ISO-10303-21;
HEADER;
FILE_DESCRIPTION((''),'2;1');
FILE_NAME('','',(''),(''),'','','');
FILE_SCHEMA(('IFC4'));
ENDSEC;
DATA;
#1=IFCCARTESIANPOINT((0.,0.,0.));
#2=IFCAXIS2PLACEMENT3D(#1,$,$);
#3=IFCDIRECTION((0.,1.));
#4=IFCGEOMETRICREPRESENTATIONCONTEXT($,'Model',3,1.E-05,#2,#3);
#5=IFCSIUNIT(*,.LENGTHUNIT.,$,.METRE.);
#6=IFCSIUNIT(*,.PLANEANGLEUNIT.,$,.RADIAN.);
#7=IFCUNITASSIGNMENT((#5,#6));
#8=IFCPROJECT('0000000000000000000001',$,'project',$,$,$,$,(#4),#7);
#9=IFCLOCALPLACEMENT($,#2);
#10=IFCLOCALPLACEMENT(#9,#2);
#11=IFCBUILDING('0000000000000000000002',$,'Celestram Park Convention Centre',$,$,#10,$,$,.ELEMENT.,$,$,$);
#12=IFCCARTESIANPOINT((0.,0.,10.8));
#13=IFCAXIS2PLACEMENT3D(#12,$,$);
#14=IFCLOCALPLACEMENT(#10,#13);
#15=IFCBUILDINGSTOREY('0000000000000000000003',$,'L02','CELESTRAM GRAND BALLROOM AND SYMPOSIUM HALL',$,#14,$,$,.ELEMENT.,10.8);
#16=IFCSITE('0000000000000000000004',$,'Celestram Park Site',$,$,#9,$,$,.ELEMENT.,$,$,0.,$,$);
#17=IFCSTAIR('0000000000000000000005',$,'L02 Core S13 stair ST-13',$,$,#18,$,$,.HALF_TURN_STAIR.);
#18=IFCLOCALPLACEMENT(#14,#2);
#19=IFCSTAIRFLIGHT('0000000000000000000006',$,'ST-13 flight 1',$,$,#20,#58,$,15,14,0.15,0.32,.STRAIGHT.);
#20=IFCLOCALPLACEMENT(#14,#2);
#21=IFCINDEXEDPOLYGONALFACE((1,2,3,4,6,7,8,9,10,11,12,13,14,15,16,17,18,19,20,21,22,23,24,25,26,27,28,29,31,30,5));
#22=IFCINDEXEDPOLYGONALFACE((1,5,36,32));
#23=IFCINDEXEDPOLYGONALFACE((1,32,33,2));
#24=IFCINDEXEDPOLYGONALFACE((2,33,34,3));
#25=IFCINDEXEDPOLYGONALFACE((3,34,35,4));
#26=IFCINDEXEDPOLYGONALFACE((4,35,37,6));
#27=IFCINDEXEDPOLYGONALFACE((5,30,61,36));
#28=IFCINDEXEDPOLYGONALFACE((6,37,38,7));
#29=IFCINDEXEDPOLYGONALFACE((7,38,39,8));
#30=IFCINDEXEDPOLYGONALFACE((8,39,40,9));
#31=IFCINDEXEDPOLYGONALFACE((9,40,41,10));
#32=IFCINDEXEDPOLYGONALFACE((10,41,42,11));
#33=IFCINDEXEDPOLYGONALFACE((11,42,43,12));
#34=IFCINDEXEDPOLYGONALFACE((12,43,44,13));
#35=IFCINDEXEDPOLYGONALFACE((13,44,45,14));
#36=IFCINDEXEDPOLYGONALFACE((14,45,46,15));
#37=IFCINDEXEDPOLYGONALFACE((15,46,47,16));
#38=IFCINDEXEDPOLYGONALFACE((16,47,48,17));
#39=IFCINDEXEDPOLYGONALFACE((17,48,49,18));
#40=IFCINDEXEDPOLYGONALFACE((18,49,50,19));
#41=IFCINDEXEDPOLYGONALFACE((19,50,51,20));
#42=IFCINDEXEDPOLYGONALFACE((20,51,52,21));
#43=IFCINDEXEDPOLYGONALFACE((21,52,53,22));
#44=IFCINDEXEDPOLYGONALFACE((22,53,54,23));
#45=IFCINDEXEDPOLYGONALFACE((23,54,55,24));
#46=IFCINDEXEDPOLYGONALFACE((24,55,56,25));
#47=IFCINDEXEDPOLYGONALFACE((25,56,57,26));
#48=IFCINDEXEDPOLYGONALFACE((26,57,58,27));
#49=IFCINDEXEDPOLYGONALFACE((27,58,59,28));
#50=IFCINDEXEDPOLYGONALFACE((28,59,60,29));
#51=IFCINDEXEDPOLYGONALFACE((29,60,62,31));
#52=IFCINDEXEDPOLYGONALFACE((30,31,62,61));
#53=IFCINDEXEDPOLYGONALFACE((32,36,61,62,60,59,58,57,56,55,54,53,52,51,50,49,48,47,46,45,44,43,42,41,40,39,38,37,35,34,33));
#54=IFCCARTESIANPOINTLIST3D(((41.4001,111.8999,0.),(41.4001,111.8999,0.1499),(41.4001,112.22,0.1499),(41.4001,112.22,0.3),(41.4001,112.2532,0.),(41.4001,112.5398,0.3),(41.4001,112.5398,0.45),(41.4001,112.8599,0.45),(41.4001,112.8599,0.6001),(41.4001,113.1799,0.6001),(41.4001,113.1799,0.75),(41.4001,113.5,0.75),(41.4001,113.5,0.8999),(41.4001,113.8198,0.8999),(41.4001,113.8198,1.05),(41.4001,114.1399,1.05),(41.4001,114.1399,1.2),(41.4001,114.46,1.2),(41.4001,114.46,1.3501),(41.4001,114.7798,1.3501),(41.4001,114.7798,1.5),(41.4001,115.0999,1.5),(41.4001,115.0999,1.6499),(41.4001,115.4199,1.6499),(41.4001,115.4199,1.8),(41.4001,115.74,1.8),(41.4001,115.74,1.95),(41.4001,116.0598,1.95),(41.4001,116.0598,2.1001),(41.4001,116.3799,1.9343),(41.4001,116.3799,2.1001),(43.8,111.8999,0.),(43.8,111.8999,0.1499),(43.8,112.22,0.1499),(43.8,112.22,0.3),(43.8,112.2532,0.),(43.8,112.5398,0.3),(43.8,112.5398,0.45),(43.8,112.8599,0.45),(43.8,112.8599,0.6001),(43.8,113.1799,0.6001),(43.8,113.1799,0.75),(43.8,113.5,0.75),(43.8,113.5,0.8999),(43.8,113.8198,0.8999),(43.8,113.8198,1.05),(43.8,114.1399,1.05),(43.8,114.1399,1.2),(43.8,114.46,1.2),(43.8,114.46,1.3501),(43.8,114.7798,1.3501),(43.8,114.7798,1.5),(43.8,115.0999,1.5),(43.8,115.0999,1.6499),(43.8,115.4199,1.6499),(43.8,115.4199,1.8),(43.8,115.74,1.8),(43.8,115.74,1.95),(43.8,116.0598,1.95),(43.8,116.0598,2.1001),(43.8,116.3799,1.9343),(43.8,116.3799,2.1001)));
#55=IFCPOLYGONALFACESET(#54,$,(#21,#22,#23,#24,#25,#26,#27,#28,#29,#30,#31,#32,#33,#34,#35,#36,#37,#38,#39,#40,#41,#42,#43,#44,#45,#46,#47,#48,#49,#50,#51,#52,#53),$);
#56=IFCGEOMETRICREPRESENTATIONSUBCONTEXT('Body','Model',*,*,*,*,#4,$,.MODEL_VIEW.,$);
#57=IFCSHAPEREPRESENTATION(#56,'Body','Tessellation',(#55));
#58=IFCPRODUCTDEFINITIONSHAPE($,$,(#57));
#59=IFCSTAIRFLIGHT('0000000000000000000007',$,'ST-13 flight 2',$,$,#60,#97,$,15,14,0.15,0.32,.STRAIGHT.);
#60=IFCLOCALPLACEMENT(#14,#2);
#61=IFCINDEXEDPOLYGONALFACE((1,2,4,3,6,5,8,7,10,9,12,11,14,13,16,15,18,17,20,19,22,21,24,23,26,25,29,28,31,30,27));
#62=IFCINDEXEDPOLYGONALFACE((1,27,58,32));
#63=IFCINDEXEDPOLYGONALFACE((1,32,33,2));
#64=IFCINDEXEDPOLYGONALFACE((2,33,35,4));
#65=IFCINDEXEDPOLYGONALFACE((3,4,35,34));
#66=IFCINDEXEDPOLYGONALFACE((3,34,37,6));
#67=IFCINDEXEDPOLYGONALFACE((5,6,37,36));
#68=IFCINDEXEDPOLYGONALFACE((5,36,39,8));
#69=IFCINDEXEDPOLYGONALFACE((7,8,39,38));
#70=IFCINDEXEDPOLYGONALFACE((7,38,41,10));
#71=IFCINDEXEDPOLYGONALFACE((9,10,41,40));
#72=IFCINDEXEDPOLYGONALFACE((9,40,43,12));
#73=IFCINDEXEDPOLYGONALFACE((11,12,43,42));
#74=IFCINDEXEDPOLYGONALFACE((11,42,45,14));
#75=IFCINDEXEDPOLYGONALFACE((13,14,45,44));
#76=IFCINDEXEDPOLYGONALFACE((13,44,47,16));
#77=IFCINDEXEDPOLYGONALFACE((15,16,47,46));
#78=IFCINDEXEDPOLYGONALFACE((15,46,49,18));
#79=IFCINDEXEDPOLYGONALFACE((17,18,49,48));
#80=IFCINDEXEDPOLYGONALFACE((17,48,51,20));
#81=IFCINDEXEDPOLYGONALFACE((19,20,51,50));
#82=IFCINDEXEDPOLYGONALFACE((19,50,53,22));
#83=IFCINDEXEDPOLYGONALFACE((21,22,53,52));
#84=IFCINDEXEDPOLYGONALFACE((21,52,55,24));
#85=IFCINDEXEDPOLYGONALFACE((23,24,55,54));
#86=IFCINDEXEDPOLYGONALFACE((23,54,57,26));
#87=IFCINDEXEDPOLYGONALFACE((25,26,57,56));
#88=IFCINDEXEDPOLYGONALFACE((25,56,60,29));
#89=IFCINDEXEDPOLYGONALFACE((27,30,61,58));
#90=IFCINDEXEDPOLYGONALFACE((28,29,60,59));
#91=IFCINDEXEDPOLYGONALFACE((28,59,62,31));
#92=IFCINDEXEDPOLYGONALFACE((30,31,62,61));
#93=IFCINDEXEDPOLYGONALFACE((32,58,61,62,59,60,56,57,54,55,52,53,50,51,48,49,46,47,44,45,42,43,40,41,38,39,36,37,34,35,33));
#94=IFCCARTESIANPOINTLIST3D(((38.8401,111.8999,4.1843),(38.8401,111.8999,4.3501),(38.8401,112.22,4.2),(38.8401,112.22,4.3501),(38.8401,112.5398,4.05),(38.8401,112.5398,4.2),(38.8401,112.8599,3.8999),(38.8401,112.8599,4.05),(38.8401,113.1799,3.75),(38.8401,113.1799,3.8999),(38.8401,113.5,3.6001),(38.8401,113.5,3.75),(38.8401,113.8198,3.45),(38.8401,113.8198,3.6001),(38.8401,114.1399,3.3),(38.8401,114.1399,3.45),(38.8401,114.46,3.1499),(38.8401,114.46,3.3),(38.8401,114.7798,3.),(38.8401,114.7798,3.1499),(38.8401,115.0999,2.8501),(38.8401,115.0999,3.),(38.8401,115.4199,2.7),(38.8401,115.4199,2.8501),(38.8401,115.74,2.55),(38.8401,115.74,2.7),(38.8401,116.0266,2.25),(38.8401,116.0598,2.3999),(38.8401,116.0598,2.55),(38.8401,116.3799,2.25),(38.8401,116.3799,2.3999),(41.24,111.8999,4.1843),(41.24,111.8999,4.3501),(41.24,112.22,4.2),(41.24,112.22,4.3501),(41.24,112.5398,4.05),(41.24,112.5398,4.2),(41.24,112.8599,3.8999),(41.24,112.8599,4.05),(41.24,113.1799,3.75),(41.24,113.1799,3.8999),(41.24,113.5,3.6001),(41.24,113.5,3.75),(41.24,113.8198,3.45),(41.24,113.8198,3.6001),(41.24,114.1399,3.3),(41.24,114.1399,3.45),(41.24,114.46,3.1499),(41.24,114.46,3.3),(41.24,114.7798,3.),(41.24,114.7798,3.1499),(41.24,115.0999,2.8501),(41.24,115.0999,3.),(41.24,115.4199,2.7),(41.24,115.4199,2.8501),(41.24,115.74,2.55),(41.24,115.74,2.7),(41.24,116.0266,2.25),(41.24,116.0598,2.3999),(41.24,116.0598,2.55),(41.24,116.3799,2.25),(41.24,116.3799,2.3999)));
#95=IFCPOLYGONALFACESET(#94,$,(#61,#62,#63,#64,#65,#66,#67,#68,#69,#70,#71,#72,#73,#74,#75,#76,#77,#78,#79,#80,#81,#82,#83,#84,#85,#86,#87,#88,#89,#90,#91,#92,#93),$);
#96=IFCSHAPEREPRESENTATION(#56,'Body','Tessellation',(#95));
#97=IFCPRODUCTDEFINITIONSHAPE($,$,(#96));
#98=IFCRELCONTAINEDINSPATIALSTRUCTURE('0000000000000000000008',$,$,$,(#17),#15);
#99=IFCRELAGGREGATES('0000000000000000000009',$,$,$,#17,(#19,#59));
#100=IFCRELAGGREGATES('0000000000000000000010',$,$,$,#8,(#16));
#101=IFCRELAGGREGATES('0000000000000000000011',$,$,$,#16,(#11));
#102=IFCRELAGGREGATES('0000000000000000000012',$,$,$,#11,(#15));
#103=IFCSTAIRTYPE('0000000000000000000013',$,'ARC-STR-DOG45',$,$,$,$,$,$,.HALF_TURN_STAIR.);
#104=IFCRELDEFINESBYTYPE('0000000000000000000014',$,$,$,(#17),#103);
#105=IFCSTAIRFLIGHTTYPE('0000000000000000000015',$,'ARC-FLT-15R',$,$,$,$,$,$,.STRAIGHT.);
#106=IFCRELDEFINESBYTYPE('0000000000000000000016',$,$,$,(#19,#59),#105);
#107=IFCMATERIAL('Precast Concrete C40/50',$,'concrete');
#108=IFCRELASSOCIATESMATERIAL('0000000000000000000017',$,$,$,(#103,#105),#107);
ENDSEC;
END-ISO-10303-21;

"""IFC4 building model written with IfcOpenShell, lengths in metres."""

from ifc_helpers import new_model, si_unit, direction, frame, origin, place, context, subcontext, project, spatial, polyline, outline, extrude, material, type_object, element, aggregate, save


model = new_model("IFC4")

# Units and contexts
model_context = context("Model", 3, precision=1e-05, world=origin(), true_north=direction((0.0, 1.0)))
body_context = subcontext(model_context, "Body", "Model", "MODEL_VIEW")
ifc_project = project(units=[si_unit("LENGTHUNIT", "METRE"), si_unit("PLANEANGLEUNIT", "RADIAN")], contexts=[model_context])

# Site, building, storey
site_placement = place(None, origin())
site = spatial("IfcSite", under=ifc_project, at=site_placement, Name="Celestram Park Site", CompositionType="ELEMENT", RefElevation=0.0)
building_placement = place(site_placement, origin())
building = spatial("IfcBuilding", under=site, at=building_placement, Name="Celestram Park Convention Centre", CompositionType="ELEMENT")
storey_placement = place(building_placement, frame((0.0, 0.0, 10.8)))
storey = spatial("IfcBuildingStorey", under=building, at=storey_placement, Name="L02", Description="CELESTRAM GRAND BALLROOM AND SYMPOSIUM HALL", CompositionType="ELEMENT", Elevation=10.8)

# Shared definitions
ifc_material_1 = material(Name="Precast Concrete C40/50", Category="concrete")

# Stair, stair flights
stair_type = type_object("IfcStairType", Name="ARC-STR-DOG45", PredefinedType="HALF_TURN_STAIR", material=ifc_material_1)
stair_placement = place(storey_placement, origin())
stair = element("IfcStair", 1, at=stair_placement, inside=storey, type_object=stair_type, Name="L02 Core S13 stair ST-13", PredefinedType="HALF_TURN_STAIR")
stair_flight_type = type_object("IfcStairFlightType", Name="ARC-FLT-15R", PredefinedType="STRAIGHT", material=ifc_material_1)
stair_flight_1_placement = place(storey_placement, frame((42.6001, 111.8999, 0.0), z_axis=(0.0, 0.0, 1.0), x_axis=(0.0, 1.0, 0.0)))
stair_flight_1 = element("IfcStairFlight", 2, at=stair_flight_1_placement, type_object=stair_flight_type, Name="ST-13 flight 1", NumberOfRisers=15, NumberOfTreads=14, PredefinedType="STRAIGHT", RiserHeight=0.15, TreadLength=0.32, context=body_context, shape_type="SweptSolid", body=[
    extrude(outline(polyline([(0.0, 0.0), (0.0, 0.1499), (0.3201, 0.1499), (0.3201, 0.3), (0.6399, 0.3), (0.6399, 0.45), (0.96, 0.45), (0.96, 0.6001), (1.28, 0.6001), (1.28, 0.75), (1.6001, 0.75), (1.6001, 0.8999), (1.9199, 0.8999), (1.9199, 1.05), (2.24, 1.05), (2.24, 1.2), (2.5601, 1.2), (2.5601, 1.3501), (2.8799, 1.3501), (2.8799, 1.5), (3.2, 1.5), (3.2, 1.6499), (3.52, 1.6499), (3.52, 1.8), (3.8401, 1.8), (3.8401, 1.95), (4.1599, 1.95), (4.1599, 2.1001), (4.48, 2.1001), (4.48, 2.25), (4.48, 1.9343), (0.3533, 0.0), (0.0, 0.0)])), frame((0.0, 1.2, 0.0), z_axis=(0.0, -1.0, 0.0), x_axis=(1.0, 0.0, 0.0)), (0.0, 0.0, 1.0), 2.3999),
])
stair_flight_2_placement = place(storey_placement, frame((40.04, 116.3799, 2.25), z_axis=(0.0, 0.0, 1.0), x_axis=(0.0, -1.0, 0.0)))
stair_flight_2 = element("IfcStairFlight", 3, at=stair_flight_2_placement, type_object=stair_flight_type, Name="ST-13 flight 2", NumberOfRisers=15, NumberOfTreads=14, PredefinedType="STRAIGHT", RiserHeight=0.15, TreadLength=0.32, context=body_context, shape_type="SweptSolid", body=[
    extrude(outline(polyline([(0.0, 0.0), (0.0, 0.1499), (0.3201, 0.1499), (0.3201, 0.3), (0.6399, 0.3), (0.6399, 0.45), (0.96, 0.45), (0.96, 0.6001), (1.28, 0.6001), (1.28, 0.75), (1.6001, 0.75), (1.6001, 0.8999), (1.9199, 0.8999), (1.9199, 1.05), (2.24, 1.05), (2.24, 1.2), (2.5601, 1.2), (2.5601, 1.3501), (2.8799, 1.3501), (2.8799, 1.5), (3.2, 1.5), (3.2, 1.6499), (3.52, 1.6499), (3.52, 1.8), (3.8401, 1.8), (3.8401, 1.95), (4.1599, 1.95), (4.1599, 2.1001), (4.48, 2.1001), (4.48, 2.25), (4.48, 1.9343), (0.3533, 0.0), (0.0, 0.0)])), frame((0.0, 1.2, 0.0), z_axis=(0.0, -1.0, 0.0), x_axis=(1.0, 0.0, 0.0)), (0.0, 0.0, 1.0), 2.3999),
])
aggregate(stair, [stair_flight_1, stair_flight_2])

save(model, "model.ifc")
